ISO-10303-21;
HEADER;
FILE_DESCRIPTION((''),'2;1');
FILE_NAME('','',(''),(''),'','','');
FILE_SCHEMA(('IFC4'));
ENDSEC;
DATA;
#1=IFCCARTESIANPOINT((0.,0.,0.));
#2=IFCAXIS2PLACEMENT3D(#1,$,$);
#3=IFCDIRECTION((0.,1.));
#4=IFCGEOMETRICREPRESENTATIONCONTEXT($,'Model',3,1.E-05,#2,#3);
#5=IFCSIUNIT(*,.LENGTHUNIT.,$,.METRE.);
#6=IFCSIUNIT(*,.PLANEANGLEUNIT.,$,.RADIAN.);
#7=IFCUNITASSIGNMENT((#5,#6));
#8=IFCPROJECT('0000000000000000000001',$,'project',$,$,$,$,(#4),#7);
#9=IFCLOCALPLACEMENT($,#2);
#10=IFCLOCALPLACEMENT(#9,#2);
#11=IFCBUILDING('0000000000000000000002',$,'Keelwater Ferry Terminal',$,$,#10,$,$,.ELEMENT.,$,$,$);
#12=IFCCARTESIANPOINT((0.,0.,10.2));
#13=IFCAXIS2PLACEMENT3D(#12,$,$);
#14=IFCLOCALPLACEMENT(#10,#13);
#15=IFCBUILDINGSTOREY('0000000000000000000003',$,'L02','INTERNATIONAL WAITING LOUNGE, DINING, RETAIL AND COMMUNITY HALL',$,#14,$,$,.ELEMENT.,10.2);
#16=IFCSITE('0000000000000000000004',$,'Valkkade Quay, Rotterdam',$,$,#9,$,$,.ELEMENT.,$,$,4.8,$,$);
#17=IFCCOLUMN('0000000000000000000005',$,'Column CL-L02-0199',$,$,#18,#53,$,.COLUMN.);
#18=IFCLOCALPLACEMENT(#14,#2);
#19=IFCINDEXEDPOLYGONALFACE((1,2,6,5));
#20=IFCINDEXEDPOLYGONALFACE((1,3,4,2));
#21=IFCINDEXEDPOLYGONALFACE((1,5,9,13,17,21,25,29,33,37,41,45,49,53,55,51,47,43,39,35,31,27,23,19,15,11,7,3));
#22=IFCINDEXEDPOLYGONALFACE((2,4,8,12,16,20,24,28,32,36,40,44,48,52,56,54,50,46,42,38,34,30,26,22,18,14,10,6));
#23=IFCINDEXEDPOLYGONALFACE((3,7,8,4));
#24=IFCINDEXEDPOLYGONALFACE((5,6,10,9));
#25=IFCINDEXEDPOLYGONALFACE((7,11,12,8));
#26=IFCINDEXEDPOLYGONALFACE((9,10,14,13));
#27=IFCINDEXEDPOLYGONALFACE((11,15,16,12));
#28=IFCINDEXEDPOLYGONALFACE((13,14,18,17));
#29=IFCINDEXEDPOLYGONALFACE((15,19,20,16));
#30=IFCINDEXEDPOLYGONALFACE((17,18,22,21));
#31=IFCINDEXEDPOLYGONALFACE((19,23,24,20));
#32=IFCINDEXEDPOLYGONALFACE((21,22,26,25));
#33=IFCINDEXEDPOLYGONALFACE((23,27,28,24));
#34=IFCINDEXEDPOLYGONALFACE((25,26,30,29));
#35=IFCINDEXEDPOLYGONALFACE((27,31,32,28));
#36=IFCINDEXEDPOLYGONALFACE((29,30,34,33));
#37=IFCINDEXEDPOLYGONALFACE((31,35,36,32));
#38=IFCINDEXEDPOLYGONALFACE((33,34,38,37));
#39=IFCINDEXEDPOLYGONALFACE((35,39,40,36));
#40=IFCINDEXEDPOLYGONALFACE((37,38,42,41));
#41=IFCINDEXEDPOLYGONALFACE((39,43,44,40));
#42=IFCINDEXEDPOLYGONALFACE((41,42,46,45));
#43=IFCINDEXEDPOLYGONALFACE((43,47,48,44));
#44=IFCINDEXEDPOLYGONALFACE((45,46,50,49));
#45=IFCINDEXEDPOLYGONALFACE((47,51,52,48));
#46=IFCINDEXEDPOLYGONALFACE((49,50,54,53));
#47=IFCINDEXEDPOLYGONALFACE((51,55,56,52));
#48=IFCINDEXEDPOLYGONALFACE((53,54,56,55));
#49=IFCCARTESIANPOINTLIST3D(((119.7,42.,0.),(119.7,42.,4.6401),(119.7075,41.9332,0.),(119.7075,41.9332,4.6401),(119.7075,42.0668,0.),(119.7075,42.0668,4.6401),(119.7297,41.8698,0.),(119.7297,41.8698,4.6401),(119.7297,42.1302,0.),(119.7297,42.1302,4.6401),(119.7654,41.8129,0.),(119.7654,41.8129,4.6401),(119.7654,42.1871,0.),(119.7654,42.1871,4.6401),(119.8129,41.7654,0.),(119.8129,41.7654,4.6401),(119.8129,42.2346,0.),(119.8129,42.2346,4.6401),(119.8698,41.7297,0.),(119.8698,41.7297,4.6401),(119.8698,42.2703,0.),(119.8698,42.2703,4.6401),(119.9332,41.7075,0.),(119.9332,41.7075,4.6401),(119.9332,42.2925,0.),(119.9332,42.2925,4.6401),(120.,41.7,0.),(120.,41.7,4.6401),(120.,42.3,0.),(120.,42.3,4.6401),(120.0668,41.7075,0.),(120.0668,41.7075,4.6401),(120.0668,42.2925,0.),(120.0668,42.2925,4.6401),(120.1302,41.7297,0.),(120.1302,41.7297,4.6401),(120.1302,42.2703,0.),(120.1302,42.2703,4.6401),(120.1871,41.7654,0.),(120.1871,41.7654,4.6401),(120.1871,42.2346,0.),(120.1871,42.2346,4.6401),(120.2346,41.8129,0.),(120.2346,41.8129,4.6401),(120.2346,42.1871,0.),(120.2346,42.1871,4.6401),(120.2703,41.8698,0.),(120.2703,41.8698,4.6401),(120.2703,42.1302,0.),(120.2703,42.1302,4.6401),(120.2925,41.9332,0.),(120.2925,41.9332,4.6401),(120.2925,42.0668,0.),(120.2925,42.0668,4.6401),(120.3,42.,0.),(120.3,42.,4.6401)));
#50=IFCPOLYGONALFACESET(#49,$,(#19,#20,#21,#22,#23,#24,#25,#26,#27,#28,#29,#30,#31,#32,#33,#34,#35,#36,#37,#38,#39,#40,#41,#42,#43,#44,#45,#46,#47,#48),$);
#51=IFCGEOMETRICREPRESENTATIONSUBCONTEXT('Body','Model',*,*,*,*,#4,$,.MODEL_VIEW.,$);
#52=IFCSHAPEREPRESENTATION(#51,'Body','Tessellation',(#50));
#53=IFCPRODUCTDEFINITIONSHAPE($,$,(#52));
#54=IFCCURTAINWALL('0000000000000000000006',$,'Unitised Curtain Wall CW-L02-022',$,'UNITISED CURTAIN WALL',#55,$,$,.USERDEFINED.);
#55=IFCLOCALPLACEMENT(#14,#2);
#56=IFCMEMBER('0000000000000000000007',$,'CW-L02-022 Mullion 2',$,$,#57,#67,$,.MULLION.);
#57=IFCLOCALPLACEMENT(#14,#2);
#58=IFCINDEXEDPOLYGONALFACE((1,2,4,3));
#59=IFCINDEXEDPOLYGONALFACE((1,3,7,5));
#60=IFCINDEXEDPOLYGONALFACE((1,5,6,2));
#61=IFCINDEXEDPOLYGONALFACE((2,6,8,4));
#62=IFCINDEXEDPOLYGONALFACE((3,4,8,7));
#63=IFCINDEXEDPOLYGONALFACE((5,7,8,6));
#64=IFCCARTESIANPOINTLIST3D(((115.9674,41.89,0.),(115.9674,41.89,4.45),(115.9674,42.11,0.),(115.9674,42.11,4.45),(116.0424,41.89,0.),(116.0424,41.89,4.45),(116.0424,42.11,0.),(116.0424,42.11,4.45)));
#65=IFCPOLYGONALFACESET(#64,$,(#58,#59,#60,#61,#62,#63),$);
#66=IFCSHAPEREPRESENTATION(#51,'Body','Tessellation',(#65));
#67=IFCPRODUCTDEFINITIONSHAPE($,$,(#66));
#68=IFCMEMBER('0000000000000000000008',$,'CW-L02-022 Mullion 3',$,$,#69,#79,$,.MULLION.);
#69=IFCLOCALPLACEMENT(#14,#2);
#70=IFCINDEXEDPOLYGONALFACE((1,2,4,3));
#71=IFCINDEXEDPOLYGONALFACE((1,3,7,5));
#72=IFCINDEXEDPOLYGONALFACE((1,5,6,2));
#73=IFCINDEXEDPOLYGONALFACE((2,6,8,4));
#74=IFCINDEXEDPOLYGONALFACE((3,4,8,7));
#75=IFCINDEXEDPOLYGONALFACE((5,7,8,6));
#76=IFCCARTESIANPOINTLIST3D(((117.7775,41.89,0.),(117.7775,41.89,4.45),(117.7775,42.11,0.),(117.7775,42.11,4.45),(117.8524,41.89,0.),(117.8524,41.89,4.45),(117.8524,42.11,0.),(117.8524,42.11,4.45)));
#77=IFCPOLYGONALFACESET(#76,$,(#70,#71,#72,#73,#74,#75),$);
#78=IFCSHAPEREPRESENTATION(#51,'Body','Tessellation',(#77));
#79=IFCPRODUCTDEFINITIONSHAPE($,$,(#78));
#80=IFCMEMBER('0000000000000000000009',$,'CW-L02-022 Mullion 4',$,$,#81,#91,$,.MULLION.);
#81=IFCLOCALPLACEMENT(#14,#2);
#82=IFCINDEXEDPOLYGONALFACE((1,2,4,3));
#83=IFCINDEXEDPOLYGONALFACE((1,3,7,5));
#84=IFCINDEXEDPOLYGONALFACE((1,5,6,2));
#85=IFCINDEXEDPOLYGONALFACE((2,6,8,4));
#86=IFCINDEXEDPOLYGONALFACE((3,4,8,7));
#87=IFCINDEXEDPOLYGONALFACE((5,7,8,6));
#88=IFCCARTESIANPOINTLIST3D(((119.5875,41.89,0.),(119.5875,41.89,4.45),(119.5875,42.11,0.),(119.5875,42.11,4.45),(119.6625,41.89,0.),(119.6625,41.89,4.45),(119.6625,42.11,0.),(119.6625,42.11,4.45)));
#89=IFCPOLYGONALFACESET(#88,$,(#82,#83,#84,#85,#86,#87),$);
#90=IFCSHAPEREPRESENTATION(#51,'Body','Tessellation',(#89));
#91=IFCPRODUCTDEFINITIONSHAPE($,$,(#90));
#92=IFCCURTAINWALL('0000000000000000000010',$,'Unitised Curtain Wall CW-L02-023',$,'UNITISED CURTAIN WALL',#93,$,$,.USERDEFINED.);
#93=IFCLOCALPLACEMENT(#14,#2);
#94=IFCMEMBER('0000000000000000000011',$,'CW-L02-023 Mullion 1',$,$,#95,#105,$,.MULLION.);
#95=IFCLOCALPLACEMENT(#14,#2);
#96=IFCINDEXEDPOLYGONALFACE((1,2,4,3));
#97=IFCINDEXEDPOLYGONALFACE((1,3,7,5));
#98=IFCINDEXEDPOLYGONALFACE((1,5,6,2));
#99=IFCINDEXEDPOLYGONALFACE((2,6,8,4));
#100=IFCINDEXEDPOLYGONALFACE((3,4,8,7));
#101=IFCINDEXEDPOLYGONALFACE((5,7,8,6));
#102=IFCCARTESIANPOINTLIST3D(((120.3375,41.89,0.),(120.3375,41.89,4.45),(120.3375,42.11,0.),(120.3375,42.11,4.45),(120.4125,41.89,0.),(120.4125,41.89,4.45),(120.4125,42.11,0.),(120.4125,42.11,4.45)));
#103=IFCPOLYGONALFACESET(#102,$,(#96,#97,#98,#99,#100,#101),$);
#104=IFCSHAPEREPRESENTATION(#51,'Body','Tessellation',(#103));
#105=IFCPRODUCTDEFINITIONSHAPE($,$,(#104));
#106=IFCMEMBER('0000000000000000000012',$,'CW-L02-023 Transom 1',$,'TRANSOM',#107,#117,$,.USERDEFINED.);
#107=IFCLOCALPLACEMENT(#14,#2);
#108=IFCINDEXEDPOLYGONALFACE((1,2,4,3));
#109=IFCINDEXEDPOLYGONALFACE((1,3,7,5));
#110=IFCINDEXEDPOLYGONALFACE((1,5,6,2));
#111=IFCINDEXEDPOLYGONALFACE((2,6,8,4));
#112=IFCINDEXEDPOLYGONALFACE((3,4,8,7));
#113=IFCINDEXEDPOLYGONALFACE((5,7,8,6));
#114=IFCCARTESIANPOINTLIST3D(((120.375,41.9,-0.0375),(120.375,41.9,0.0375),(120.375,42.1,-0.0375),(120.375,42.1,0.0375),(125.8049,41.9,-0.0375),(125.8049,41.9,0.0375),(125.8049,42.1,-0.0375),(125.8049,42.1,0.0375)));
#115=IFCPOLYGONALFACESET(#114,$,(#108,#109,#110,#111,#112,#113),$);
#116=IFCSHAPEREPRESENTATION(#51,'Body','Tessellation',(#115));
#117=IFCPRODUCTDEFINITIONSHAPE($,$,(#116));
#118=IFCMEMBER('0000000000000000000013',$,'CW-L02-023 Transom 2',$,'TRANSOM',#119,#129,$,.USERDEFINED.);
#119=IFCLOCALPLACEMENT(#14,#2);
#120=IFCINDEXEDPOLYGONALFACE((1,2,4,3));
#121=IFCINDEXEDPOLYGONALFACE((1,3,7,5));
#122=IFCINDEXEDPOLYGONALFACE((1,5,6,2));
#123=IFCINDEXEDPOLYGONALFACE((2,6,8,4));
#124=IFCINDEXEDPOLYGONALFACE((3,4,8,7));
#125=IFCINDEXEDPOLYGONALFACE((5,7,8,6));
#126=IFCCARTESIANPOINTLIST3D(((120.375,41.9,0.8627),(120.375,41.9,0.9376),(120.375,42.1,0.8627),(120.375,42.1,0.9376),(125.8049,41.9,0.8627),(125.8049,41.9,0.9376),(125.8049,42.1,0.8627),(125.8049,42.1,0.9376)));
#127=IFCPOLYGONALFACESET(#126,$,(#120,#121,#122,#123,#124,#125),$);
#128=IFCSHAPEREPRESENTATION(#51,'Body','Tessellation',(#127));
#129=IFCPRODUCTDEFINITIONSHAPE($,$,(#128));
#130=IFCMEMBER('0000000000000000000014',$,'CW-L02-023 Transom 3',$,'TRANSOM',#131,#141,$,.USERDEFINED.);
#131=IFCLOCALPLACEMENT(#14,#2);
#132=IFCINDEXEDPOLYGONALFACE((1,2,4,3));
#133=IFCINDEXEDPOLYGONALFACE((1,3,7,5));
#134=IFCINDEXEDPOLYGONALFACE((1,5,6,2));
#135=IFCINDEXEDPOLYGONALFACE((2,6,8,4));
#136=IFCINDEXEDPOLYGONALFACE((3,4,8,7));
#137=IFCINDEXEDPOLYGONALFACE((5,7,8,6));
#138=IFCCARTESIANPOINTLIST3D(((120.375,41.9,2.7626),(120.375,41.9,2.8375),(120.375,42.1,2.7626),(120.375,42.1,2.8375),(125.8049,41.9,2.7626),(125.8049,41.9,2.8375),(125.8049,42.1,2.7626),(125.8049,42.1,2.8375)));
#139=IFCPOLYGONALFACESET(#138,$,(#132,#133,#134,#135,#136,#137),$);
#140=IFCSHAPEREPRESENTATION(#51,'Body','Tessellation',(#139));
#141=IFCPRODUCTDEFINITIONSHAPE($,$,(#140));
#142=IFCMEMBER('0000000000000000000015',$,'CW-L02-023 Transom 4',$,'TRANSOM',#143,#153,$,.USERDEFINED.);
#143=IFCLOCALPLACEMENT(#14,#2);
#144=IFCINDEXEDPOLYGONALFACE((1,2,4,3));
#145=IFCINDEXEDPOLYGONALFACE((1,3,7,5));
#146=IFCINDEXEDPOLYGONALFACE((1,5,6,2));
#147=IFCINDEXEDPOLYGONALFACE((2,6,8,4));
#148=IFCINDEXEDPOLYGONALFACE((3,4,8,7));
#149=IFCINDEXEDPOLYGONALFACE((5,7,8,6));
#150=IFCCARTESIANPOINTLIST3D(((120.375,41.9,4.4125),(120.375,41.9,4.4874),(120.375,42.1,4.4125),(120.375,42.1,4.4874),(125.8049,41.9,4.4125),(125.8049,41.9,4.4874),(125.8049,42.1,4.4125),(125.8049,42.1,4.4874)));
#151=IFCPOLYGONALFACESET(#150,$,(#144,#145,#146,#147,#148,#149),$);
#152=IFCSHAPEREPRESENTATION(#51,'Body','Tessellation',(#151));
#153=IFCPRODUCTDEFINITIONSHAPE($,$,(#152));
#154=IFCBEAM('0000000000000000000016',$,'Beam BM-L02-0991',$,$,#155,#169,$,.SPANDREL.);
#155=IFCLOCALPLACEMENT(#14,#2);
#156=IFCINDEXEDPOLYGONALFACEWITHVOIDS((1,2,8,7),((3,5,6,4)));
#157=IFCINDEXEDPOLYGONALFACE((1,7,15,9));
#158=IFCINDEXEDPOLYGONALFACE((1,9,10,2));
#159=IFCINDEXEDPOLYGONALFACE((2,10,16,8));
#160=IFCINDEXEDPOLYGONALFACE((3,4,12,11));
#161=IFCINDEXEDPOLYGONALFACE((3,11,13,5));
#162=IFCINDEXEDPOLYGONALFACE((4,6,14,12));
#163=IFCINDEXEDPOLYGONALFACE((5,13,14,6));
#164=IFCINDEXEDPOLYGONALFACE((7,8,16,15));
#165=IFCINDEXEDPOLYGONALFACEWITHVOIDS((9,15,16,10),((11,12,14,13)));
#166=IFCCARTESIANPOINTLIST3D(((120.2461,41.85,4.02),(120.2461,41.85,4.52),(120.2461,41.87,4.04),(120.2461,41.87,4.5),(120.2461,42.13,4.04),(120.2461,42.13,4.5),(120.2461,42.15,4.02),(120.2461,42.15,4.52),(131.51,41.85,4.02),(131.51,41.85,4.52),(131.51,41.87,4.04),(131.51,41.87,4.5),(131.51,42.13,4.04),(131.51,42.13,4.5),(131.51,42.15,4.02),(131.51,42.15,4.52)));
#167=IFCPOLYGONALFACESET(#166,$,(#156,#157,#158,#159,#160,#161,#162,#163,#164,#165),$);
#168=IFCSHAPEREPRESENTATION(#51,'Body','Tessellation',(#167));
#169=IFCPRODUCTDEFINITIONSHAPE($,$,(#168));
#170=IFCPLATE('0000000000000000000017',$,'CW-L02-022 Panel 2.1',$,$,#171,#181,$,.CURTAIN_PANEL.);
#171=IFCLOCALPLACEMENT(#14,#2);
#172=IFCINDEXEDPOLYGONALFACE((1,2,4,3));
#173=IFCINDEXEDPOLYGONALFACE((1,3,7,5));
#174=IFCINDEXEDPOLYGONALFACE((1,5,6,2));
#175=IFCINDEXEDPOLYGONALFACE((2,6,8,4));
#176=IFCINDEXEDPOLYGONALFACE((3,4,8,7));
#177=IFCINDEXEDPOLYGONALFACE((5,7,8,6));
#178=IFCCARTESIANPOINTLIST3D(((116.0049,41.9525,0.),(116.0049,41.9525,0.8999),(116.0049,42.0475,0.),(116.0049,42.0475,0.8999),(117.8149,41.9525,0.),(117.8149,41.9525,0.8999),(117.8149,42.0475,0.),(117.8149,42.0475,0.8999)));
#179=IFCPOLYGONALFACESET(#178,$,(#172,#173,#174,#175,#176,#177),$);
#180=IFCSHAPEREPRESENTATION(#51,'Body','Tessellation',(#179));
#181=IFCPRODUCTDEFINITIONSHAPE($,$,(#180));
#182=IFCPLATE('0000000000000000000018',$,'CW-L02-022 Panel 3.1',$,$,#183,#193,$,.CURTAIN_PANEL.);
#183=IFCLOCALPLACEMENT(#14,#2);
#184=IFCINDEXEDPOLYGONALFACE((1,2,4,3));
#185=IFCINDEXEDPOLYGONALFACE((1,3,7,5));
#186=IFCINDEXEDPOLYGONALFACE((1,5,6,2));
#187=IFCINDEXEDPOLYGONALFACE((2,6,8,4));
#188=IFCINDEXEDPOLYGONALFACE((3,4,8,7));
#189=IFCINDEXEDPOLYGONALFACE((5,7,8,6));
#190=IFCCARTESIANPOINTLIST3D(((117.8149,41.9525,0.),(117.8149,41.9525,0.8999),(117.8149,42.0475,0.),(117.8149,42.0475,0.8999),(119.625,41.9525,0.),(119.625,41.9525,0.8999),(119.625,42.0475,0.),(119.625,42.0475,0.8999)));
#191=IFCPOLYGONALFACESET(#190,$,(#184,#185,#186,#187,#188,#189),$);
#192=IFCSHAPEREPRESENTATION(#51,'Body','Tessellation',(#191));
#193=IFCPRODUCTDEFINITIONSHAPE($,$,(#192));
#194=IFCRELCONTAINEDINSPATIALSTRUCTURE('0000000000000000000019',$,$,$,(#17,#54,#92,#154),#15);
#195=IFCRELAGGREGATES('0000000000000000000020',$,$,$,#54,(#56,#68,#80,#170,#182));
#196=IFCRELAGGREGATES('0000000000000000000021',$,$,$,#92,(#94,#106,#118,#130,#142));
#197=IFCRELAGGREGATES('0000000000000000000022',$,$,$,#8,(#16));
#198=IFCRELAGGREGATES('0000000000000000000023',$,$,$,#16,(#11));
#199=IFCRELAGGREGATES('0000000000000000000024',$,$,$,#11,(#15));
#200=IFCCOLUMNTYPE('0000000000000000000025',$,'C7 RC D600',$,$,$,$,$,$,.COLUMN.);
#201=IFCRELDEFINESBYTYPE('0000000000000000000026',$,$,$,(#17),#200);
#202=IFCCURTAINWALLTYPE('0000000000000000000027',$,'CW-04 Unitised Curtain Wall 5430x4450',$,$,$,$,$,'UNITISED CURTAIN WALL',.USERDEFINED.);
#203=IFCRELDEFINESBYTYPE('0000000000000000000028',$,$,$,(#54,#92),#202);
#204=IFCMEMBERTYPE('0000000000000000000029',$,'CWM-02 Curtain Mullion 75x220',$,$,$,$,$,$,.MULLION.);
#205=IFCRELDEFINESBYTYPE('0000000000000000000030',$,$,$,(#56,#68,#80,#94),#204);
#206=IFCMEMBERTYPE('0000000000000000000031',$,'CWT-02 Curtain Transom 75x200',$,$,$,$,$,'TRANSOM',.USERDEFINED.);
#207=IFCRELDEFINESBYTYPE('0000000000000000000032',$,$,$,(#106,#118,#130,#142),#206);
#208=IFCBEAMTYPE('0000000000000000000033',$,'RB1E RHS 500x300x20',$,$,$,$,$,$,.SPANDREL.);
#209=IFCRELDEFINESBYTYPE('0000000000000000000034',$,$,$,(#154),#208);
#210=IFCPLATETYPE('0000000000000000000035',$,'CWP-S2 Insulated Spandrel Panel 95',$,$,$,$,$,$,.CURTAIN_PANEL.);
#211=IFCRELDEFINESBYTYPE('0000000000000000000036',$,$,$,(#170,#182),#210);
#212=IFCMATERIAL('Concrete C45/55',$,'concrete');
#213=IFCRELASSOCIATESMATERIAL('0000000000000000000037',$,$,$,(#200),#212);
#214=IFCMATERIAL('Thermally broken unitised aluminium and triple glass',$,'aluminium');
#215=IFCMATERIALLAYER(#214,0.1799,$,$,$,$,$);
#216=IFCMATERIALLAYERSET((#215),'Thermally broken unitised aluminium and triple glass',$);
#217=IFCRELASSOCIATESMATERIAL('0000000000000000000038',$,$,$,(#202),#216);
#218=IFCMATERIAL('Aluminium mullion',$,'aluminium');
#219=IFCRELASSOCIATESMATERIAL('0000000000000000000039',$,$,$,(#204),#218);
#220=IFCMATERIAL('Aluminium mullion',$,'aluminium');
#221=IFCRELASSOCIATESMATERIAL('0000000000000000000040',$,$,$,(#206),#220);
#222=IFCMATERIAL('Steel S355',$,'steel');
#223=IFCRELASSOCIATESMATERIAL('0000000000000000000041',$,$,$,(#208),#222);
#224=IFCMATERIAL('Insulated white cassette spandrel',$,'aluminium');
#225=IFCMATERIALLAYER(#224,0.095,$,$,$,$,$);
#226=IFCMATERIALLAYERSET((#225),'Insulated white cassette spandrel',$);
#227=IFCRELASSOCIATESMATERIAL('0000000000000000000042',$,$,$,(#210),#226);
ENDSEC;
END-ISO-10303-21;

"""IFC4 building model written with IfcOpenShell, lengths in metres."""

from ifc_helpers import new_model, si_unit, direction, frame, origin, origin_2d, place, context, subcontext, project, spatial, rectangle, hollow_rectangle, circle, extrude, material, layer, layer_set, material_profile, profile_set, type_object, element, aggregate, save


model = new_model("IFC4")

# Units and contexts
model_context = context("Model", 3, precision=1e-05, world=origin(), true_north=direction((0.0, 1.0)))
body_context = subcontext(model_context, "Body", "Model", "MODEL_VIEW")
ifc_project = project(units=[si_unit("LENGTHUNIT", "METRE"), si_unit("PLANEANGLEUNIT", "RADIAN")], contexts=[model_context])

# Site, building, storey
site_placement = place(None, origin())
site = spatial("IfcSite", under=ifc_project, at=site_placement, Name="Valkkade Quay, Rotterdam", CompositionType="ELEMENT", RefElevation=4.8)
building_placement = place(site_placement, origin())
building = spatial("IfcBuilding", under=site, at=building_placement, Name="Keelwater Ferry Terminal", CompositionType="ELEMENT")
storey_placement = place(building_placement, frame((0.0, 0.0, 10.2)))
storey = spatial("IfcBuildingStorey", under=building, at=storey_placement, Name="L02", Description="INTERNATIONAL WAITING LOUNGE, DINING, RETAIL AND COMMUNITY HALL", CompositionType="ELEMENT", Elevation=10.2)

# Column
ifc_material_1 = material(Name="Concrete C45/55", Category="concrete")
ifc_material_profile_1 = material_profile(ifc_material_1, circle(Radius=0.3, at=origin_2d()), Name="RC D600")
ifc_profile_set_1 = profile_set([ifc_material_profile_1], Name="Concrete C45/55")
column_type = type_object("IfcColumnType", Name="C7 RC D600", PredefinedType="COLUMN", material=ifc_profile_set_1)
column_placement = place(storey_placement, frame((120.0, 42.0, 0.0), z_axis=(0.0, 0.0, 1.0), x_axis=(1.0, 0.0, 0.0)))
element("IfcColumn", 1, at=column_placement, inside=storey, type_object=column_type, Name="Column CL-L02-0199", PredefinedType="COLUMN", context=body_context, shape_type="SweptSolid", body=[
    extrude(circle(Radius=0.3, at=origin_2d()), origin(), (0.0, 0.0, 1.0), 4.6401),
])

# Curtain walls, members
ifc_material_2 = material(Name="Thermally broken unitised aluminium and triple glass", Category="aluminium")
ifc_layer_1 = layer(ifc_material_2, 0.1799)
ifc_layer_set_1 = layer_set([ifc_layer_1], Name="Thermally broken unitised aluminium and triple glass")
curtain_wall_type = type_object("IfcCurtainWallType", Name="CW-04 Unitised Curtain Wall 5430x4450", ElementType="UNITISED CURTAIN WALL", PredefinedType="USERDEFINED", material=ifc_layer_set_1)
curtain_wall_1_placement = place(storey_placement, origin())
curtain_wall_1 = element("IfcCurtainWall", 2, at=curtain_wall_1_placement, inside=storey, type_object=curtain_wall_type, Name="Unitised Curtain Wall CW-L02-022", ObjectType="UNITISED CURTAIN WALL", PredefinedType="USERDEFINED")
ifc_material_3 = material(Name="Aluminium mullion", Category="aluminium")
ifc_material_profile_2 = material_profile(ifc_material_3, rectangle(XDim=0.075, YDim=0.22, at=origin_2d()), Name="CWM-02")
ifc_profile_set_2 = profile_set([ifc_material_profile_2], Name="Aluminium mullion")
member_type_1 = type_object("IfcMemberType", Name="CWM-02 Curtain Mullion 75x220", PredefinedType="MULLION", material=ifc_profile_set_2)
member_1_placement = place(storey_placement, frame((116.0049, 42.0, 0.0), z_axis=(0.0, 0.0, 1.0), x_axis=(1.0, 0.0, 0.0)))
member_1 = element("IfcMember", 3, at=member_1_placement, type_object=member_type_1, Name="CW-L02-022 Mullion 2", PredefinedType="MULLION", context=body_context, shape_type="SweptSolid", body=[
    extrude(rectangle(XDim=0.075, YDim=0.22, at=origin_2d()), origin(), (0.0, 0.0, 1.0), 4.45),
])
member_2_placement = place(storey_placement, frame((117.8149, 42.0, 0.0), z_axis=(0.0, 0.0, 1.0), x_axis=(1.0, 0.0, 0.0)))
member_2 = element("IfcMember", 4, at=member_2_placement, type_object=member_type_1, Name="CW-L02-022 Mullion 3", PredefinedType="MULLION", context=body_context, shape_type="SweptSolid", body=[
    extrude(rectangle(XDim=0.075, YDim=0.22, at=origin_2d()), origin(), (0.0, 0.0, 1.0), 4.45),
])
member_3_placement = place(storey_placement, frame((119.625, 42.0, 0.0), z_axis=(0.0, 0.0, 1.0), x_axis=(1.0, 0.0, 0.0)))
member_3 = element("IfcMember", 5, at=member_3_placement, type_object=member_type_1, Name="CW-L02-022 Mullion 4", PredefinedType="MULLION", context=body_context, shape_type="SweptSolid", body=[
    extrude(rectangle(XDim=0.075, YDim=0.22, at=origin_2d()), origin(), (0.0, 0.0, 1.0), 4.45),
])
curtain_wall_2_placement = place(storey_placement, origin())
curtain_wall_2 = element("IfcCurtainWall", 6, at=curtain_wall_2_placement, inside=storey, type_object=curtain_wall_type, Name="Unitised Curtain Wall CW-L02-023", ObjectType="UNITISED CURTAIN WALL", PredefinedType="USERDEFINED")
member_4_placement = place(storey_placement, frame((120.375, 42.0, 0.0), z_axis=(0.0, 0.0, 1.0), x_axis=(1.0, 0.0, 0.0)))
member_4 = element("IfcMember", 7, at=member_4_placement, type_object=member_type_1, Name="CW-L02-023 Mullion 1", PredefinedType="MULLION", context=body_context, shape_type="SweptSolid", body=[
    extrude(rectangle(XDim=0.075, YDim=0.22, at=origin_2d()), origin(), (0.0, 0.0, 1.0), 4.45),
])
ifc_material_4 = material(Name="Aluminium mullion", Category="aluminium")
ifc_material_profile_3 = material_profile(ifc_material_4, rectangle(XDim=0.2, YDim=0.075, at=origin_2d()), Name="CWT-02")
ifc_profile_set_3 = profile_set([ifc_material_profile_3], Name="Aluminium mullion")
member_type_2 = type_object("IfcMemberType", Name="CWT-02 Curtain Transom 75x200", ElementType="TRANSOM", PredefinedType="USERDEFINED", material=ifc_profile_set_3)
member_5_placement = place(storey_placement, frame((120.375, 42.0, 0.0), z_axis=(1.0, 0.0, 0.0), x_axis=(0.0, 1.0, 0.0)))
member_5 = element("IfcMember", 8, at=member_5_placement, type_object=member_type_2, Name="CW-L02-023 Transom 1", ObjectType="TRANSOM", PredefinedType="USERDEFINED", context=body_context, shape_type="SweptSolid", body=[
    extrude(rectangle(XDim=0.2, YDim=0.075, at=origin_2d()), origin(), (0.0, 0.0, 1.0), 5.4299),
])
member_6_placement = place(storey_placement, frame((120.375, 42.0, 0.9001), z_axis=(1.0, 0.0, 0.0), x_axis=(0.0, 1.0, 0.0)))
member_6 = element("IfcMember", 9, at=member_6_placement, type_object=member_type_2, Name="CW-L02-023 Transom 2", ObjectType="TRANSOM", PredefinedType="USERDEFINED", context=body_context, shape_type="SweptSolid", body=[
    extrude(rectangle(XDim=0.2, YDim=0.075, at=origin_2d()), origin(), (0.0, 0.0, 1.0), 5.4299),
])
member_7_placement = place(storey_placement, frame((120.375, 42.0, 2.8), z_axis=(1.0, 0.0, 0.0), x_axis=(0.0, 1.0, 0.0)))
member_7 = element("IfcMember", 10, at=member_7_placement, type_object=member_type_2, Name="CW-L02-023 Transom 3", ObjectType="TRANSOM", PredefinedType="USERDEFINED", context=body_context, shape_type="SweptSolid", body=[
    extrude(rectangle(XDim=0.2, YDim=0.075, at=origin_2d()), origin(), (0.0, 0.0, 1.0), 5.4299),
])
member_8_placement = place(storey_placement, frame((120.375, 42.0, 4.45), z_axis=(1.0, 0.0, 0.0), x_axis=(0.0, 1.0, 0.0)))
member_8 = element("IfcMember", 11, at=member_8_placement, type_object=member_type_2, Name="CW-L02-023 Transom 4", ObjectType="TRANSOM", PredefinedType="USERDEFINED", context=body_context, shape_type="SweptSolid", body=[
    extrude(rectangle(XDim=0.2, YDim=0.075, at=origin_2d()), origin(), (0.0, 0.0, 1.0), 5.4299),
])

# Beam
ifc_material_5 = material(Name="Steel S355", Category="steel")
ifc_material_profile_4 = material_profile(ifc_material_5, hollow_rectangle(XDim=0.3, YDim=0.5, WallThickness=0.02, at=origin_2d()), Name="RHS 500x300x20")
ifc_profile_set_4 = profile_set([ifc_material_profile_4], Name="Steel S355")
beam_type = type_object("IfcBeamType", Name="RB1E RHS 500x300x20", PredefinedType="SPANDREL", material=ifc_profile_set_4)
beam_placement = place(storey_placement, frame((120.2461, 42.0, 4.27), z_axis=(1.0, 0.0, 0.0), x_axis=(0.0, 1.0, 0.0)))
element("IfcBeam", 12, at=beam_placement, inside=storey, type_object=beam_type, Name="Beam BM-L02-0991", PredefinedType="SPANDREL", context=body_context, shape_type="SweptSolid", body=[
    extrude(hollow_rectangle(XDim=0.3, YDim=0.5, WallThickness=0.02, at=origin_2d()), origin(), (0.0, 0.0, 1.0), 11.2639),
])

# Plates
ifc_material_6 = material(Name="Insulated white cassette spandrel", Category="aluminium")
ifc_layer_2 = layer(ifc_material_6, 0.095)
ifc_layer_set_2 = layer_set([ifc_layer_2], Name="Insulated white cassette spandrel")
plate_type_1 = type_object("IfcPlateType", Name="CWP-S2 Insulated Spandrel Panel 95", PredefinedType="CURTAIN_PANEL", material=ifc_layer_set_2)
plate_1_placement = place(storey_placement, frame((116.9099, 42.0, 0.0), z_axis=(0.0, 0.0, 1.0), x_axis=(1.0, 0.0, 0.0)))
plate_1 = element("IfcPlate", 13, at=plate_1_placement, type_object=plate_type_1, Name="CW-L02-022 Panel 2.1", PredefinedType="CURTAIN_PANEL", context=body_context, shape_type="SweptSolid", body=[
    extrude(rectangle(XDim=1.8101, YDim=0.095, at=origin_2d()), origin(), (0.0, 0.0, 1.0), 0.8999),
])
plate_2_placement = place(storey_placement, frame((118.72, 42.0, 0.0), z_axis=(0.0, 0.0, 1.0), x_axis=(1.0, 0.0, 0.0)))
plate_2 = element("IfcPlate", 14, at=plate_2_placement, type_object=plate_type_1, Name="CW-L02-022 Panel 3.1", PredefinedType="CURTAIN_PANEL", context=body_context, shape_type="SweptSolid", body=[
    extrude(rectangle(XDim=1.8101, YDim=0.095, at=origin_2d()), origin(), (0.0, 0.0, 1.0), 0.8999),
])
aggregate(curtain_wall_1, [member_1, member_2, member_3, plate_1, plate_2])
aggregate(curtain_wall_2, [member_4, member_5, member_6, member_7, member_8])

save(model, "model.ifc")
